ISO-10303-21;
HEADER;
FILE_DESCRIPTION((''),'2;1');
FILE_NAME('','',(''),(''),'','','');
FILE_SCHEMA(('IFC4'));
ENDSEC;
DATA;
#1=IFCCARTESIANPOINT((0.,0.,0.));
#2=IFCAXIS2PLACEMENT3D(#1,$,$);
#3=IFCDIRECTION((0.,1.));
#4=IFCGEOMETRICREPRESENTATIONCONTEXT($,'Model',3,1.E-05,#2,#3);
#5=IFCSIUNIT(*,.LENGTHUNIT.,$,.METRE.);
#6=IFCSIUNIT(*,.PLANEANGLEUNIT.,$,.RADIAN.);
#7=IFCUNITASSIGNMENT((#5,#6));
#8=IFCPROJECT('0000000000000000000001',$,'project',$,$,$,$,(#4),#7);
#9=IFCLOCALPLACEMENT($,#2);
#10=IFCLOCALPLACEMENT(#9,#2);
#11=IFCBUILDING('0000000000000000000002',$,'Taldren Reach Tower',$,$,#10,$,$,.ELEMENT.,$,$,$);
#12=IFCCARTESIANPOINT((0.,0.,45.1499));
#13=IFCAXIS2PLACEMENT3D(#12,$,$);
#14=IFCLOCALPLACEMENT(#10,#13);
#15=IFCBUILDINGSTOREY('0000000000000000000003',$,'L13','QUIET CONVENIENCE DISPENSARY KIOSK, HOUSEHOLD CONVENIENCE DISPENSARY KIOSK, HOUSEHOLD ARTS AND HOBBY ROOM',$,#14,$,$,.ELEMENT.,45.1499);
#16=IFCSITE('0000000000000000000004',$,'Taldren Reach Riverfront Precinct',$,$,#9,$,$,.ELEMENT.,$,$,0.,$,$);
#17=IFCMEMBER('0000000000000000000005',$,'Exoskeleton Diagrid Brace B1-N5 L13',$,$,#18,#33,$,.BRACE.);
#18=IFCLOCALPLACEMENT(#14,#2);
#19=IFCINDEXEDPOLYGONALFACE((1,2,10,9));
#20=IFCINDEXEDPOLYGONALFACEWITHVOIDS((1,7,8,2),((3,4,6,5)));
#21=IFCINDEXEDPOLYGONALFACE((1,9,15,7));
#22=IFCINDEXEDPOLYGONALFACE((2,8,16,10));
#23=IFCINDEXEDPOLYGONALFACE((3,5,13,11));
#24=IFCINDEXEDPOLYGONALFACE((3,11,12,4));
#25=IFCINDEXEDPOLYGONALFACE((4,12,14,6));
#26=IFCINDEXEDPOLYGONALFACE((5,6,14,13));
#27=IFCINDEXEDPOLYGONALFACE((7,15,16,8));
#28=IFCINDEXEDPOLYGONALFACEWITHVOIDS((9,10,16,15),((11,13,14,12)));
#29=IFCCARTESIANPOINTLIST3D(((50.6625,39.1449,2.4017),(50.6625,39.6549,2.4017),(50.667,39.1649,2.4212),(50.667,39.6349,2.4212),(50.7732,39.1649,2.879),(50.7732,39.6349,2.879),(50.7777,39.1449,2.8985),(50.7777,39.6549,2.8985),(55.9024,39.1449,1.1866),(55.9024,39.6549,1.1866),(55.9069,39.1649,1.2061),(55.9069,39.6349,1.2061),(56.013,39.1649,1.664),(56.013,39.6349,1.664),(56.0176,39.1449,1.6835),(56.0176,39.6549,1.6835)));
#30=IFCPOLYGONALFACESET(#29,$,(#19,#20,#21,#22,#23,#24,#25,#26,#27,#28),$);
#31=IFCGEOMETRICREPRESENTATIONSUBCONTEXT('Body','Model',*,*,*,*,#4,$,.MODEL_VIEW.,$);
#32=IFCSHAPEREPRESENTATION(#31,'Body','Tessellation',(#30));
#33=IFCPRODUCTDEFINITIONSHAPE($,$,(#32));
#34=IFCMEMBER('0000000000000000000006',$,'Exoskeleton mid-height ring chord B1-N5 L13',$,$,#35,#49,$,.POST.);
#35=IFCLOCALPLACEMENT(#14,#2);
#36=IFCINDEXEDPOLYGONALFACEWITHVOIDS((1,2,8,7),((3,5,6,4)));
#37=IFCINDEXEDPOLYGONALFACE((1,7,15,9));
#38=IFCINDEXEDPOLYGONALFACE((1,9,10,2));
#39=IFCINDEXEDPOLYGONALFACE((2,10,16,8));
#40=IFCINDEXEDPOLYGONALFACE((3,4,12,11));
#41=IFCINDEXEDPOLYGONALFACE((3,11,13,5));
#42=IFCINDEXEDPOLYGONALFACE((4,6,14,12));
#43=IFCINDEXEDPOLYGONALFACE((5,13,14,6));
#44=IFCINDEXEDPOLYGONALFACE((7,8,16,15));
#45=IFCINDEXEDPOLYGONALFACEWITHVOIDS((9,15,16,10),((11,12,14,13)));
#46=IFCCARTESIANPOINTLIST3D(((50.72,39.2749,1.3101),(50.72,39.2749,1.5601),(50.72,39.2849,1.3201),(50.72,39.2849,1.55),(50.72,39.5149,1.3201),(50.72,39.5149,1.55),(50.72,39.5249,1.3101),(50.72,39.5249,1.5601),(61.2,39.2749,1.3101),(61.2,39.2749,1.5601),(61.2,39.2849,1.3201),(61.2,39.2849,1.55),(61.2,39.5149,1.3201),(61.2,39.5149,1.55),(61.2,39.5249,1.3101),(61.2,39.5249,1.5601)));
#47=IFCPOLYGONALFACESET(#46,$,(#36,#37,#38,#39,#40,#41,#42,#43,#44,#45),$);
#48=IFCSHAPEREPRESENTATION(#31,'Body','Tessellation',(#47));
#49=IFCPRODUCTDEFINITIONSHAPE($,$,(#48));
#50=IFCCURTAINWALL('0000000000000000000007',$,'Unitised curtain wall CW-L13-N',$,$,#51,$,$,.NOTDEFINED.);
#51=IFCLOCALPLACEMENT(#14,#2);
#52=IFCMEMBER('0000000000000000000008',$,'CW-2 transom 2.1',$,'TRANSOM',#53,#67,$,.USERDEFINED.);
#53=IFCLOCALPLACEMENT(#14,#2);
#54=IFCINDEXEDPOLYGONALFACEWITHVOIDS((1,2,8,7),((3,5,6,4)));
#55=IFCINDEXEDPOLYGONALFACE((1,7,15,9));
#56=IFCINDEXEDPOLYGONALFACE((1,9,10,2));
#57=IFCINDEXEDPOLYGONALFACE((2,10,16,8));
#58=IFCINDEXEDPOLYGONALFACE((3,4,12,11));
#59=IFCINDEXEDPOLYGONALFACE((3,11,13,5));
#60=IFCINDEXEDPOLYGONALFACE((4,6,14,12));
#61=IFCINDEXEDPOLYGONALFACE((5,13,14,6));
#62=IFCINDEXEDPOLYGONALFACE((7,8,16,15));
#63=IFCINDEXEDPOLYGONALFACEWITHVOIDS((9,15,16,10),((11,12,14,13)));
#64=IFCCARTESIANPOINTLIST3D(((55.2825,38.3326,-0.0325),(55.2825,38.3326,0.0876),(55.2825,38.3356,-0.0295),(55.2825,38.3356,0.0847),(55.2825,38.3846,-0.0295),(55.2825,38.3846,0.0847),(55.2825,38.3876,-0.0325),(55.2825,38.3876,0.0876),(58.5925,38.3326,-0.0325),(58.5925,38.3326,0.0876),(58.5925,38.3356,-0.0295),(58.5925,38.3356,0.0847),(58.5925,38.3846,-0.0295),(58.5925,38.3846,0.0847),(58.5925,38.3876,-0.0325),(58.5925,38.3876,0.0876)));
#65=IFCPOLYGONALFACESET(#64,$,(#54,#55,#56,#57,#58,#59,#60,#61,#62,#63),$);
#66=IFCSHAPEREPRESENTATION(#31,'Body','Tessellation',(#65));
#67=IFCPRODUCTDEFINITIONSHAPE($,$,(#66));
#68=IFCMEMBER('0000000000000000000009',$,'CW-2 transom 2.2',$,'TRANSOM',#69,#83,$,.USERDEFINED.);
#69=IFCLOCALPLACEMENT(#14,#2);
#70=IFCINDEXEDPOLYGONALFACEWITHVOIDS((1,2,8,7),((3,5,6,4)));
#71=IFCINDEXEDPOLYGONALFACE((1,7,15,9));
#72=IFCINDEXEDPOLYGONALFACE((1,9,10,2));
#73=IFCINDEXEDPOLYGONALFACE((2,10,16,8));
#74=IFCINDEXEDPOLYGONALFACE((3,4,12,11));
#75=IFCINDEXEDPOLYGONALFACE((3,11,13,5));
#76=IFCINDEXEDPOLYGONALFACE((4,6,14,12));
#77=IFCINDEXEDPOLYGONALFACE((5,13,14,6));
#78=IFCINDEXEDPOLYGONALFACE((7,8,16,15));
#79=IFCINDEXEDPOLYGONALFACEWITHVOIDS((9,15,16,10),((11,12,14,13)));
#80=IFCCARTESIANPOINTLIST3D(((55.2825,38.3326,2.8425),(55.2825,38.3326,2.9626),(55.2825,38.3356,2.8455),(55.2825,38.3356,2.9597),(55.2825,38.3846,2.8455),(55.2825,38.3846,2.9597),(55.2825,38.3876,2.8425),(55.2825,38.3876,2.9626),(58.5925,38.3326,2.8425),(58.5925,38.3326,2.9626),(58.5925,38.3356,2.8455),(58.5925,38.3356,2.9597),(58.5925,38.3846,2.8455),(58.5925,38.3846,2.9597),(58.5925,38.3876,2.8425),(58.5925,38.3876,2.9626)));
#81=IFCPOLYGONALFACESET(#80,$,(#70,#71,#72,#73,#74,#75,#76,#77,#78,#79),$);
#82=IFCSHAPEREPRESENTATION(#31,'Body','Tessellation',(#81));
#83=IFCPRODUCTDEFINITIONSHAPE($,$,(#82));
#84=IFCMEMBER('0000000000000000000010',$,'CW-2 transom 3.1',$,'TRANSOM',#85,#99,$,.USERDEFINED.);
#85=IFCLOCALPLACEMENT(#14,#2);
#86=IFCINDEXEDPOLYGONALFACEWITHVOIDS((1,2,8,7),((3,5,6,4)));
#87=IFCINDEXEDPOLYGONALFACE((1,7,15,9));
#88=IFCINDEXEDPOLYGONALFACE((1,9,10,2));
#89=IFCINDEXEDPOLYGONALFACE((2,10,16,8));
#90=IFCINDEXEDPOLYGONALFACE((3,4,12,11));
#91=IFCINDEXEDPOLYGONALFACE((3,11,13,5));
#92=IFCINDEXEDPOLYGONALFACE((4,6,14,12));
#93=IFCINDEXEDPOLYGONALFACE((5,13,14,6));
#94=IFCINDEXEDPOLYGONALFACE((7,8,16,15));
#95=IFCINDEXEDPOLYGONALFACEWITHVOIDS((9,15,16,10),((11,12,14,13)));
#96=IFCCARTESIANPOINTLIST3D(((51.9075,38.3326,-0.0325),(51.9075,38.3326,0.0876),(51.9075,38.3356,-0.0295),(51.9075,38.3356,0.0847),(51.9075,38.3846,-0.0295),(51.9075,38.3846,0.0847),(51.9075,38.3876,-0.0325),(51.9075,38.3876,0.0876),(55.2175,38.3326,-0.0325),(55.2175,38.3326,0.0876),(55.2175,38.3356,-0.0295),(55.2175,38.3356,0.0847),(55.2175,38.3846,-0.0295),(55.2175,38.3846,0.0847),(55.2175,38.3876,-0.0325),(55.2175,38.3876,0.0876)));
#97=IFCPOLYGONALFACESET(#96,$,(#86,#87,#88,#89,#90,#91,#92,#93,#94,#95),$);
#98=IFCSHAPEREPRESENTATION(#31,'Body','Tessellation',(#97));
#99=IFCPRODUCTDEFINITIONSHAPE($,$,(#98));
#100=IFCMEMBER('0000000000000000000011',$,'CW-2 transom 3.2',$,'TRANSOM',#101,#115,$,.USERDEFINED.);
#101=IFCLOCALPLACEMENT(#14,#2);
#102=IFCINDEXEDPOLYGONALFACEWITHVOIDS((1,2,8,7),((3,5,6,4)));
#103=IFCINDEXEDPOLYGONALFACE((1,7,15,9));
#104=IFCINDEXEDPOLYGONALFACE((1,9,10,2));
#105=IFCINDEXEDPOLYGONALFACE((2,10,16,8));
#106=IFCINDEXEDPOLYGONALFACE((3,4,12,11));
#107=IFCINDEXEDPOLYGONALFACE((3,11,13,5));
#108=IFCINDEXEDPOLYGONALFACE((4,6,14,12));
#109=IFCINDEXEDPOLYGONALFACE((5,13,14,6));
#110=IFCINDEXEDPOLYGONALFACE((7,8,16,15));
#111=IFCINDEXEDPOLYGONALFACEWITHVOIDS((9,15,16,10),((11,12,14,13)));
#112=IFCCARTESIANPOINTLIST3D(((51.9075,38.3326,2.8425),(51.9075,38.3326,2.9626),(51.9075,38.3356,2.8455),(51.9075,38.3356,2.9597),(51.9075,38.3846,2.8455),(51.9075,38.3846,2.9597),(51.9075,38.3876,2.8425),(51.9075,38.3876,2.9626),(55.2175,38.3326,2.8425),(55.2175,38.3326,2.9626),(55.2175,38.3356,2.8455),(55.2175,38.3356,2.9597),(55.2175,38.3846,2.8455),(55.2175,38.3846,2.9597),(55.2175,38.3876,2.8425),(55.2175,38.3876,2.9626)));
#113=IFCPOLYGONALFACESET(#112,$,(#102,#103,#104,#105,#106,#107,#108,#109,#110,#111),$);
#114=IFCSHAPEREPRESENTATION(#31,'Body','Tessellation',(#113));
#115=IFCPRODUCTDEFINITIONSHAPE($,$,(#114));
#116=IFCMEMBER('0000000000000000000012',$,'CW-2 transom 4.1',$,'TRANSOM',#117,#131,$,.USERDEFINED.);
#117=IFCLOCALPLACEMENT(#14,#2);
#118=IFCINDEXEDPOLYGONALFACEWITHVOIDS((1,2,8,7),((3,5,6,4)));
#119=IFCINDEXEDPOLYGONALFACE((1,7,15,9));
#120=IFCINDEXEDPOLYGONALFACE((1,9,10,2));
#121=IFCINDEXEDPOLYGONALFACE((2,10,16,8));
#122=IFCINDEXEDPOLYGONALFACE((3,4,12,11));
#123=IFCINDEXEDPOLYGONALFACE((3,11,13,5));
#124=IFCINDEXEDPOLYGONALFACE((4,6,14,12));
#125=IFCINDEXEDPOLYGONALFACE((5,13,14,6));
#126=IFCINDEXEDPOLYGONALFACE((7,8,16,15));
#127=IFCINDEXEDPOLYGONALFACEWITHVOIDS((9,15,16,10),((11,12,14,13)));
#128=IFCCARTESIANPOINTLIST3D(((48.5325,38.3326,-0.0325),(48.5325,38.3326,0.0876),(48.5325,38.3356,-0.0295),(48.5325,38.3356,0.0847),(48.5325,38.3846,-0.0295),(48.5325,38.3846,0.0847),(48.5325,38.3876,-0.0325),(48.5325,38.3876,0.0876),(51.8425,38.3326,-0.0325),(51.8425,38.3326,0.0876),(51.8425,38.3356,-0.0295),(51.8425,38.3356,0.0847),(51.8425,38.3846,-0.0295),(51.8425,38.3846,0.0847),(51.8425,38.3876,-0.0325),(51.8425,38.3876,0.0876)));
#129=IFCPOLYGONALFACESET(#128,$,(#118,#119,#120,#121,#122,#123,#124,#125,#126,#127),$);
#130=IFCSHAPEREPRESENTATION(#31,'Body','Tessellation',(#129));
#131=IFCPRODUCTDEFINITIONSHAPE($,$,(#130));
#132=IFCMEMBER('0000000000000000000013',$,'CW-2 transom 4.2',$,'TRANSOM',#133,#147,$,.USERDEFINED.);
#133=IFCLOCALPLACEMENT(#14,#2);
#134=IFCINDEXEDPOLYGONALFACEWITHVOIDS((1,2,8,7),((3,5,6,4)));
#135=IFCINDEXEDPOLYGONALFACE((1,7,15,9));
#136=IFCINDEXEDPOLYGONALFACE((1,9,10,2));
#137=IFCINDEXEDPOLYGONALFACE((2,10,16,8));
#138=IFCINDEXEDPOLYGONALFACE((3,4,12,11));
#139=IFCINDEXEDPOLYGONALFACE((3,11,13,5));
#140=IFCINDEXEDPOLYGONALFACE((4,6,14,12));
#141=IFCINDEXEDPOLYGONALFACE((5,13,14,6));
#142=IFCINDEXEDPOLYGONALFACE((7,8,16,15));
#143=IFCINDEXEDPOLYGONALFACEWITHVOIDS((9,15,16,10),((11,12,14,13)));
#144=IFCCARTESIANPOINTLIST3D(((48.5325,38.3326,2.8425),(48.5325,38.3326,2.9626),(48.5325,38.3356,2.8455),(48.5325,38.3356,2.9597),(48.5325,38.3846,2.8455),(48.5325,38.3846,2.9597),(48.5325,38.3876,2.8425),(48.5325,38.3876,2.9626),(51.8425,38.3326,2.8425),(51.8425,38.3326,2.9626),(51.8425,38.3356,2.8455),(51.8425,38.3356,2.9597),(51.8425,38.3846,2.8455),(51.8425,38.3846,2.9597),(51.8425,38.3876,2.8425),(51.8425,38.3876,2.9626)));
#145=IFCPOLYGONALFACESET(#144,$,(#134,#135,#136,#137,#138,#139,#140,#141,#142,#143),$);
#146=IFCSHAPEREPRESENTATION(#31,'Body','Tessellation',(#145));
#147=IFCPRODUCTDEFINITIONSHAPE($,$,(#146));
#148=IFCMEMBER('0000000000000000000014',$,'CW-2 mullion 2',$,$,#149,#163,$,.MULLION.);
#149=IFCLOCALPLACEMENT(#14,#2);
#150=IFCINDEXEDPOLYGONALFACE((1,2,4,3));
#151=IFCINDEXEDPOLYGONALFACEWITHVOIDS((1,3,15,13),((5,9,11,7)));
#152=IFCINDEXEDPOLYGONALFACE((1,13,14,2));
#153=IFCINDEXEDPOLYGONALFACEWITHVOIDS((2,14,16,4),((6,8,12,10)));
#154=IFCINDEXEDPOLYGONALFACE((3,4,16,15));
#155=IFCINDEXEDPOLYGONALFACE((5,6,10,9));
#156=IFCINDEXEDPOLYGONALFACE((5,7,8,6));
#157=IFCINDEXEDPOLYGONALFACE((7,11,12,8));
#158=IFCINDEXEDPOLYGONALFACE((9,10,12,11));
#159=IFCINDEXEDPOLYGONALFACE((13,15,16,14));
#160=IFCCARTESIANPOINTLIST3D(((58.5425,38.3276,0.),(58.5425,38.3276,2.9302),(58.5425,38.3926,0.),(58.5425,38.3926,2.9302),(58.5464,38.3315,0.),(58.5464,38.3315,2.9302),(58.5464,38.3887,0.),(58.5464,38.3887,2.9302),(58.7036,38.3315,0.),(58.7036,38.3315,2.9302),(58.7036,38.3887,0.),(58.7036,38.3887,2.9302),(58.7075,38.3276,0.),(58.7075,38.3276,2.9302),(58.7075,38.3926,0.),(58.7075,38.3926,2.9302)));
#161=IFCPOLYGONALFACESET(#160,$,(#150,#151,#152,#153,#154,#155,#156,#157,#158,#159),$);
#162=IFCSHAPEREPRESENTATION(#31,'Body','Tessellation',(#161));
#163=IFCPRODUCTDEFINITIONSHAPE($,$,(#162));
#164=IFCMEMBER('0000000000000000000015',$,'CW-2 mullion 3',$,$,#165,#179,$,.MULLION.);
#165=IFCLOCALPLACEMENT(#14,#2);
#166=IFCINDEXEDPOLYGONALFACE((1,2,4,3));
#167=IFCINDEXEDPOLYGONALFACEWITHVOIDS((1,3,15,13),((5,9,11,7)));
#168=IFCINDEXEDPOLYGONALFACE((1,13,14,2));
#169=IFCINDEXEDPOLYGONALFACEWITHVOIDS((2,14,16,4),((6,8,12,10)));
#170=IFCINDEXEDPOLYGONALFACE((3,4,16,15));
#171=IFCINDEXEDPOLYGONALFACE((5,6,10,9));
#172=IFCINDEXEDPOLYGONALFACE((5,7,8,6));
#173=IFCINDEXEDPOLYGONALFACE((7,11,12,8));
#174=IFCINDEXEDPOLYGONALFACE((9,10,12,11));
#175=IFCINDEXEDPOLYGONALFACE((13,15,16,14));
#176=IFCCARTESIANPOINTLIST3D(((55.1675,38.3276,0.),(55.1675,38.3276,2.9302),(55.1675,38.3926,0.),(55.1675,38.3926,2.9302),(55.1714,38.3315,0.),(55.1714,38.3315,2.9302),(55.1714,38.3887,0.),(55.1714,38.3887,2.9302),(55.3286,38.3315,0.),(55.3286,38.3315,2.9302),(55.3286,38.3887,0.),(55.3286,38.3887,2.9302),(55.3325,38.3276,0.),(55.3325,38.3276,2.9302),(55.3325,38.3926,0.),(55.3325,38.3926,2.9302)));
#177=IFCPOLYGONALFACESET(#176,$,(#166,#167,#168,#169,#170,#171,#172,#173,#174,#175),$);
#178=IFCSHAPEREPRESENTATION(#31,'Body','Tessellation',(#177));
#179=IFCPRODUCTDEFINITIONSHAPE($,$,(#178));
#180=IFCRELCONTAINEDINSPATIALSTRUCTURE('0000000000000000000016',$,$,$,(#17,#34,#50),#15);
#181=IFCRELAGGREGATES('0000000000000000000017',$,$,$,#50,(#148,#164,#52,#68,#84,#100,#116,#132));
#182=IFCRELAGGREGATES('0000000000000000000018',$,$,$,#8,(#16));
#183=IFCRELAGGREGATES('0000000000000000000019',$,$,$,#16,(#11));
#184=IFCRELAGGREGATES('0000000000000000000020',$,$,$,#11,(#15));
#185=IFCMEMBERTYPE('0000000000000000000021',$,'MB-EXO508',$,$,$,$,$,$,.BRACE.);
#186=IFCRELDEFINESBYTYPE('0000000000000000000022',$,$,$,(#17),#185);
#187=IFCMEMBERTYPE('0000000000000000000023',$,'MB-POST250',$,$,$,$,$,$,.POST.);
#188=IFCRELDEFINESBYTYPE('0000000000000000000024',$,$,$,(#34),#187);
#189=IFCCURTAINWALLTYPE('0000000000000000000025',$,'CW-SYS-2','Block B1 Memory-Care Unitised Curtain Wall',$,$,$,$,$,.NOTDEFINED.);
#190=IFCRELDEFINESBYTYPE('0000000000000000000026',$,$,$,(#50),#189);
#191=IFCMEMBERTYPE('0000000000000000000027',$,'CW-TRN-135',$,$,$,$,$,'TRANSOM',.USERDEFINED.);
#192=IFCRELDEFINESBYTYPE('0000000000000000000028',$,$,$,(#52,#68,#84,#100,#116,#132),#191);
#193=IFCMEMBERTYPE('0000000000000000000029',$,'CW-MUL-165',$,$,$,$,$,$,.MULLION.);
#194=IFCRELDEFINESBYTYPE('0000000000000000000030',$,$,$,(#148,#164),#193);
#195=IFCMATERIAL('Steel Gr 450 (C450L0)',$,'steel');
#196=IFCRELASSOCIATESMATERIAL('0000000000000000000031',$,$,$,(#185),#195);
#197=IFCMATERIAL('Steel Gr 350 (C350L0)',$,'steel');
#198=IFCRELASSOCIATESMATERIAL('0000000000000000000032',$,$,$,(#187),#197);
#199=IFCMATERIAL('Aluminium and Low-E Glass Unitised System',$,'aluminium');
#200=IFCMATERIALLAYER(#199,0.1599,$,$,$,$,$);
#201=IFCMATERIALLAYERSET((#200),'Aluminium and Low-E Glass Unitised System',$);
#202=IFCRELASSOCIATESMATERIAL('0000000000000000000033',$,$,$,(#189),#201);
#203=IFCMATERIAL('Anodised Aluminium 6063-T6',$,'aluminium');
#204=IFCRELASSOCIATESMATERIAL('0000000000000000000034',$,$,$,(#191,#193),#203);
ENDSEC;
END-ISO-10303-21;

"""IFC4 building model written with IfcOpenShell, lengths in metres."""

from ifc_helpers import new_model, si_unit, direction, frame, origin, origin_2d, place, context, subcontext, project, spatial, hollow_rectangle, extrude, source, transform, mapped, material, layer, layer_set, material_profile, profile_set, type_object, element, aggregate, save


model = new_model("IFC4")

# Units and contexts
model_context = context("Model", 3, precision=1e-05, world=origin(), true_north=direction((0.0, 1.0)))
body_context = subcontext(model_context, "Body", "Model", "MODEL_VIEW")
ifc_project = project(units=[si_unit("LENGTHUNIT", "METRE"), si_unit("PLANEANGLEUNIT", "RADIAN")], contexts=[model_context])

# Site, building, storey
site_placement = place(None, origin())
site = spatial("IfcSite", under=ifc_project, at=site_placement, Name="Taldren Reach Riverfront Precinct", CompositionType="ELEMENT", RefElevation=0.0)
building_placement = place(site_placement, origin())
building = spatial("IfcBuilding", under=site, at=building_placement, Name="Taldren Reach Tower", CompositionType="ELEMENT")
storey_placement = place(building_placement, frame((0.0, 0.0, 45.1499)))
storey = spatial("IfcBuildingStorey", under=building, at=storey_placement, Name="L13", Description="QUIET CONVENIENCE DISPENSARY KIOSK, HOUSEHOLD CONVENIENCE DISPENSARY KIOSK, HOUSEHOLD ARTS AND HOBBY ROOM", CompositionType="ELEMENT", Elevation=45.1499)

# Members
ifc_material_1 = material(Name="Steel Gr 450 (C450L0)", Category="steel")
ifc_material_profile_1 = material_profile(ifc_material_1, hollow_rectangle(XDim=0.51, YDim=0.51, WallThickness=0.02, at=origin_2d()), Name="510x510x20.0SHS")
ifc_profile_set_1 = profile_set([ifc_material_profile_1], Name="Steel Gr 450 (C450L0)")
member_type_1 = type_object("IfcMemberType", Name="MB-EXO508", PredefinedType="BRACE", material=ifc_profile_set_1)
shared_shape_1 = source(origin(), body_context, "Body", "SweptSolid", [
    extrude(hollow_rectangle(XDim=0.51, YDim=0.51, WallThickness=0.02, at=origin_2d()), origin(), (0.0, 0.0, 1.0), 5.3789),
])
member_1_placement = place(storey_placement, frame((55.96, 39.3999, 1.4351), z_axis=(-0.974152, 0.0, 0.225894), x_axis=(0.0, -1.0, 0.0)))
element("IfcMember", 1, at=member_1_placement, inside=storey, type_object=member_type_1, Name="Exoskeleton Diagrid Brace B1-N5 L13", PredefinedType="BRACE", context=body_context, shape_type="MappedRepresentation", body=[
    mapped(shared_shape_1, transform((0.0, 0.0, 0.0), scale=1.0)),
])
ifc_material_2 = material(Name="Steel Gr 350 (C350L0)", Category="steel")
ifc_material_profile_2 = material_profile(ifc_material_2, hollow_rectangle(XDim=0.25, YDim=0.25, WallThickness=0.01, at=origin_2d()), Name="250x250x10.0SHS")
ifc_profile_set_2 = profile_set([ifc_material_profile_2], Name="Steel Gr 350 (C350L0)")
member_type_2 = type_object("IfcMemberType", Name="MB-POST250", PredefinedType="POST", material=ifc_profile_set_2)
shared_shape_2 = source(origin(), body_context, "Body", "SweptSolid", [
    extrude(hollow_rectangle(XDim=0.25, YDim=0.25, WallThickness=0.01, at=origin_2d()), origin(), (0.0, 0.0, 1.0), 10.48),
])
member_2_placement = place(storey_placement, frame((50.72, 39.3999, 1.4351), z_axis=(1.0, 0.0, 0.0), x_axis=(0.0, 1.0, 0.0)))
element("IfcMember", 2, at=member_2_placement, inside=storey, type_object=member_type_2, Name="Exoskeleton mid-height ring chord B1-N5 L13", PredefinedType="POST", context=body_context, shape_type="MappedRepresentation", body=[
    mapped(shared_shape_2, transform((0.0, 0.0, 0.0), scale=1.0)),
])

# Curtain wall, members
ifc_material_3 = material(Name="Aluminium and Low-E Glass Unitised System", Category="aluminium")
ifc_layer_1 = layer(ifc_material_3, 0.1599)
ifc_layer_set_1 = layer_set([ifc_layer_1], Name="Aluminium and Low-E Glass Unitised System")
curtain_wall_type = type_object("IfcCurtainWallType", Name="CW-SYS-2", Description="Block B1 Memory-Care Unitised Curtain Wall", PredefinedType="NOTDEFINED", material=ifc_layer_set_1)
curtain_wall_placement = place(storey_placement, origin())
curtain_wall = element("IfcCurtainWall", 3, at=curtain_wall_placement, inside=storey, type_object=curtain_wall_type, Name="Unitised curtain wall CW-L13-N", PredefinedType="NOTDEFINED")
ifc_material_4 = material(Name="Anodised Aluminium 6063-T6", Category="aluminium")
ifc_material_profile_3 = material_profile(ifc_material_4, hollow_rectangle(XDim=0.0549, YDim=0.1201, WallThickness=0.0029, at=origin_2d()), Name="ALU-120x55x3RHS")
ifc_profile_set_3 = profile_set([ifc_material_profile_3], Name="Anodised Aluminium 6063-T6")
member_type_3 = type_object("IfcMemberType", Name="CW-TRN-135", ElementType="TRANSOM", PredefinedType="USERDEFINED", material=ifc_profile_set_3)
shared_shape_3 = source(origin(), body_context, "Body", "SweptSolid", [
    extrude(hollow_rectangle(XDim=0.0549, YDim=0.1201, WallThickness=0.0029, at=origin_2d()), origin(), (0.0, 0.0, 1.0), 3.3101),
])
member_3_placement = place(storey_placement, frame((58.5925, 38.3601, 0.0276), z_axis=(-1.0, 0.0, 0.0), x_axis=(0.0, -1.0, 0.0)))
member_3 = element("IfcMember", 4, at=member_3_placement, type_object=member_type_3, Name="CW-2 transom 2.1", ObjectType="TRANSOM", PredefinedType="USERDEFINED", context=body_context, shape_type="MappedRepresentation", body=[
    mapped(shared_shape_3, transform((0.0, 0.0, 0.0), scale=1.0)),
])
member_4_placement = place(storey_placement, frame((58.5925, 38.3601, 2.9026), z_axis=(-1.0, 0.0, 0.0), x_axis=(0.0, -1.0, 0.0)))
member_4 = element("IfcMember", 5, at=member_4_placement, type_object=member_type_3, Name="CW-2 transom 2.2", ObjectType="TRANSOM", PredefinedType="USERDEFINED", context=body_context, shape_type="MappedRepresentation", body=[
    mapped(shared_shape_3, transform((0.0, 0.0, 0.0), scale=1.0)),
])
member_5_placement = place(storey_placement, frame((55.2175, 38.3601, 0.0276), z_axis=(-1.0, 0.0, 0.0), x_axis=(0.0, -1.0, 0.0)))
member_5 = element("IfcMember", 6, at=member_5_placement, type_object=member_type_3, Name="CW-2 transom 3.1", ObjectType="TRANSOM", PredefinedType="USERDEFINED", context=body_context, shape_type="MappedRepresentation", body=[
    mapped(shared_shape_3, transform((0.0, 0.0, 0.0), scale=1.0)),
])
member_6_placement = place(storey_placement, frame((55.2175, 38.3601, 2.9026), z_axis=(-1.0, 0.0, 0.0), x_axis=(0.0, -1.0, 0.0)))
member_6 = element("IfcMember", 7, at=member_6_placement, type_object=member_type_3, Name="CW-2 transom 3.2", ObjectType="TRANSOM", PredefinedType="USERDEFINED", context=body_context, shape_type="MappedRepresentation", body=[
    mapped(shared_shape_3, transform((0.0, 0.0, 0.0), scale=1.0)),
])
member_7_placement = place(storey_placement, frame((51.8425, 38.3601, 0.0276), z_axis=(-1.0, 0.0, 0.0), x_axis=(0.0, -1.0, 0.0)))
member_7 = element("IfcMember", 8, at=member_7_placement, type_object=member_type_3, Name="CW-2 transom 4.1", ObjectType="TRANSOM", PredefinedType="USERDEFINED", context=body_context, shape_type="MappedRepresentation", body=[
    mapped(shared_shape_3, transform((0.0, 0.0, 0.0), scale=1.0)),
])
member_8_placement = place(storey_placement, frame((51.8425, 38.3601, 2.9026), z_axis=(-1.0, 0.0, 0.0), x_axis=(0.0, -1.0, 0.0)))
member_8 = element("IfcMember", 9, at=member_8_placement, type_object=member_type_3, Name="CW-2 transom 4.2", ObjectType="TRANSOM", PredefinedType="USERDEFINED", context=body_context, shape_type="MappedRepresentation", body=[
    mapped(shared_shape_3, transform((0.0, 0.0, 0.0), scale=1.0)),
])
ifc_material_profile_4 = material_profile(ifc_material_4, hollow_rectangle(XDim=0.0649, YDim=0.165, WallThickness=0.0039, at=origin_2d()), Name="ALU-165x65x4RHS")
ifc_profile_set_4 = profile_set([ifc_material_profile_4], Name="Anodised Aluminium 6063-T6")
member_type_4 = type_object("IfcMemberType", Name="CW-MUL-165", PredefinedType="MULLION", material=ifc_profile_set_4)
shared_shape_4 = source(origin(), body_context, "Body", "SweptSolid", [
    extrude(hollow_rectangle(XDim=0.0649, YDim=0.165, WallThickness=0.0039, at=origin_2d()), origin(), (0.0, 0.0, 1.0), 2.9302),
])
member_9_placement = place(storey_placement, frame((58.625, 38.3601, 0.0), z_axis=(0.0, 0.0, 1.0), x_axis=(0.0, -1.0, 0.0)))
member_9 = element("IfcMember", 10, at=member_9_placement, type_object=member_type_4, Name="CW-2 mullion 2", PredefinedType="MULLION", context=body_context, shape_type="MappedRepresentation", body=[
    mapped(shared_shape_4, transform((0.0, 0.0, 0.0), scale=1.0)),
])
member_10_placement = place(storey_placement, frame((55.25, 38.3601, 0.0), z_axis=(0.0, 0.0, 1.0), x_axis=(0.0, -1.0, 0.0)))
member_10 = element("IfcMember", 11, at=member_10_placement, type_object=member_type_4, Name="CW-2 mullion 3", PredefinedType="MULLION", context=body_context, shape_type="MappedRepresentation", body=[
    mapped(shared_shape_4, transform((0.0, 0.0, 0.0), scale=1.0)),
])

aggregate(curtain_wall, [member_9, member_10, member_3, member_4, member_5, member_6, member_7, member_8])

save(model, "model.ifc")
